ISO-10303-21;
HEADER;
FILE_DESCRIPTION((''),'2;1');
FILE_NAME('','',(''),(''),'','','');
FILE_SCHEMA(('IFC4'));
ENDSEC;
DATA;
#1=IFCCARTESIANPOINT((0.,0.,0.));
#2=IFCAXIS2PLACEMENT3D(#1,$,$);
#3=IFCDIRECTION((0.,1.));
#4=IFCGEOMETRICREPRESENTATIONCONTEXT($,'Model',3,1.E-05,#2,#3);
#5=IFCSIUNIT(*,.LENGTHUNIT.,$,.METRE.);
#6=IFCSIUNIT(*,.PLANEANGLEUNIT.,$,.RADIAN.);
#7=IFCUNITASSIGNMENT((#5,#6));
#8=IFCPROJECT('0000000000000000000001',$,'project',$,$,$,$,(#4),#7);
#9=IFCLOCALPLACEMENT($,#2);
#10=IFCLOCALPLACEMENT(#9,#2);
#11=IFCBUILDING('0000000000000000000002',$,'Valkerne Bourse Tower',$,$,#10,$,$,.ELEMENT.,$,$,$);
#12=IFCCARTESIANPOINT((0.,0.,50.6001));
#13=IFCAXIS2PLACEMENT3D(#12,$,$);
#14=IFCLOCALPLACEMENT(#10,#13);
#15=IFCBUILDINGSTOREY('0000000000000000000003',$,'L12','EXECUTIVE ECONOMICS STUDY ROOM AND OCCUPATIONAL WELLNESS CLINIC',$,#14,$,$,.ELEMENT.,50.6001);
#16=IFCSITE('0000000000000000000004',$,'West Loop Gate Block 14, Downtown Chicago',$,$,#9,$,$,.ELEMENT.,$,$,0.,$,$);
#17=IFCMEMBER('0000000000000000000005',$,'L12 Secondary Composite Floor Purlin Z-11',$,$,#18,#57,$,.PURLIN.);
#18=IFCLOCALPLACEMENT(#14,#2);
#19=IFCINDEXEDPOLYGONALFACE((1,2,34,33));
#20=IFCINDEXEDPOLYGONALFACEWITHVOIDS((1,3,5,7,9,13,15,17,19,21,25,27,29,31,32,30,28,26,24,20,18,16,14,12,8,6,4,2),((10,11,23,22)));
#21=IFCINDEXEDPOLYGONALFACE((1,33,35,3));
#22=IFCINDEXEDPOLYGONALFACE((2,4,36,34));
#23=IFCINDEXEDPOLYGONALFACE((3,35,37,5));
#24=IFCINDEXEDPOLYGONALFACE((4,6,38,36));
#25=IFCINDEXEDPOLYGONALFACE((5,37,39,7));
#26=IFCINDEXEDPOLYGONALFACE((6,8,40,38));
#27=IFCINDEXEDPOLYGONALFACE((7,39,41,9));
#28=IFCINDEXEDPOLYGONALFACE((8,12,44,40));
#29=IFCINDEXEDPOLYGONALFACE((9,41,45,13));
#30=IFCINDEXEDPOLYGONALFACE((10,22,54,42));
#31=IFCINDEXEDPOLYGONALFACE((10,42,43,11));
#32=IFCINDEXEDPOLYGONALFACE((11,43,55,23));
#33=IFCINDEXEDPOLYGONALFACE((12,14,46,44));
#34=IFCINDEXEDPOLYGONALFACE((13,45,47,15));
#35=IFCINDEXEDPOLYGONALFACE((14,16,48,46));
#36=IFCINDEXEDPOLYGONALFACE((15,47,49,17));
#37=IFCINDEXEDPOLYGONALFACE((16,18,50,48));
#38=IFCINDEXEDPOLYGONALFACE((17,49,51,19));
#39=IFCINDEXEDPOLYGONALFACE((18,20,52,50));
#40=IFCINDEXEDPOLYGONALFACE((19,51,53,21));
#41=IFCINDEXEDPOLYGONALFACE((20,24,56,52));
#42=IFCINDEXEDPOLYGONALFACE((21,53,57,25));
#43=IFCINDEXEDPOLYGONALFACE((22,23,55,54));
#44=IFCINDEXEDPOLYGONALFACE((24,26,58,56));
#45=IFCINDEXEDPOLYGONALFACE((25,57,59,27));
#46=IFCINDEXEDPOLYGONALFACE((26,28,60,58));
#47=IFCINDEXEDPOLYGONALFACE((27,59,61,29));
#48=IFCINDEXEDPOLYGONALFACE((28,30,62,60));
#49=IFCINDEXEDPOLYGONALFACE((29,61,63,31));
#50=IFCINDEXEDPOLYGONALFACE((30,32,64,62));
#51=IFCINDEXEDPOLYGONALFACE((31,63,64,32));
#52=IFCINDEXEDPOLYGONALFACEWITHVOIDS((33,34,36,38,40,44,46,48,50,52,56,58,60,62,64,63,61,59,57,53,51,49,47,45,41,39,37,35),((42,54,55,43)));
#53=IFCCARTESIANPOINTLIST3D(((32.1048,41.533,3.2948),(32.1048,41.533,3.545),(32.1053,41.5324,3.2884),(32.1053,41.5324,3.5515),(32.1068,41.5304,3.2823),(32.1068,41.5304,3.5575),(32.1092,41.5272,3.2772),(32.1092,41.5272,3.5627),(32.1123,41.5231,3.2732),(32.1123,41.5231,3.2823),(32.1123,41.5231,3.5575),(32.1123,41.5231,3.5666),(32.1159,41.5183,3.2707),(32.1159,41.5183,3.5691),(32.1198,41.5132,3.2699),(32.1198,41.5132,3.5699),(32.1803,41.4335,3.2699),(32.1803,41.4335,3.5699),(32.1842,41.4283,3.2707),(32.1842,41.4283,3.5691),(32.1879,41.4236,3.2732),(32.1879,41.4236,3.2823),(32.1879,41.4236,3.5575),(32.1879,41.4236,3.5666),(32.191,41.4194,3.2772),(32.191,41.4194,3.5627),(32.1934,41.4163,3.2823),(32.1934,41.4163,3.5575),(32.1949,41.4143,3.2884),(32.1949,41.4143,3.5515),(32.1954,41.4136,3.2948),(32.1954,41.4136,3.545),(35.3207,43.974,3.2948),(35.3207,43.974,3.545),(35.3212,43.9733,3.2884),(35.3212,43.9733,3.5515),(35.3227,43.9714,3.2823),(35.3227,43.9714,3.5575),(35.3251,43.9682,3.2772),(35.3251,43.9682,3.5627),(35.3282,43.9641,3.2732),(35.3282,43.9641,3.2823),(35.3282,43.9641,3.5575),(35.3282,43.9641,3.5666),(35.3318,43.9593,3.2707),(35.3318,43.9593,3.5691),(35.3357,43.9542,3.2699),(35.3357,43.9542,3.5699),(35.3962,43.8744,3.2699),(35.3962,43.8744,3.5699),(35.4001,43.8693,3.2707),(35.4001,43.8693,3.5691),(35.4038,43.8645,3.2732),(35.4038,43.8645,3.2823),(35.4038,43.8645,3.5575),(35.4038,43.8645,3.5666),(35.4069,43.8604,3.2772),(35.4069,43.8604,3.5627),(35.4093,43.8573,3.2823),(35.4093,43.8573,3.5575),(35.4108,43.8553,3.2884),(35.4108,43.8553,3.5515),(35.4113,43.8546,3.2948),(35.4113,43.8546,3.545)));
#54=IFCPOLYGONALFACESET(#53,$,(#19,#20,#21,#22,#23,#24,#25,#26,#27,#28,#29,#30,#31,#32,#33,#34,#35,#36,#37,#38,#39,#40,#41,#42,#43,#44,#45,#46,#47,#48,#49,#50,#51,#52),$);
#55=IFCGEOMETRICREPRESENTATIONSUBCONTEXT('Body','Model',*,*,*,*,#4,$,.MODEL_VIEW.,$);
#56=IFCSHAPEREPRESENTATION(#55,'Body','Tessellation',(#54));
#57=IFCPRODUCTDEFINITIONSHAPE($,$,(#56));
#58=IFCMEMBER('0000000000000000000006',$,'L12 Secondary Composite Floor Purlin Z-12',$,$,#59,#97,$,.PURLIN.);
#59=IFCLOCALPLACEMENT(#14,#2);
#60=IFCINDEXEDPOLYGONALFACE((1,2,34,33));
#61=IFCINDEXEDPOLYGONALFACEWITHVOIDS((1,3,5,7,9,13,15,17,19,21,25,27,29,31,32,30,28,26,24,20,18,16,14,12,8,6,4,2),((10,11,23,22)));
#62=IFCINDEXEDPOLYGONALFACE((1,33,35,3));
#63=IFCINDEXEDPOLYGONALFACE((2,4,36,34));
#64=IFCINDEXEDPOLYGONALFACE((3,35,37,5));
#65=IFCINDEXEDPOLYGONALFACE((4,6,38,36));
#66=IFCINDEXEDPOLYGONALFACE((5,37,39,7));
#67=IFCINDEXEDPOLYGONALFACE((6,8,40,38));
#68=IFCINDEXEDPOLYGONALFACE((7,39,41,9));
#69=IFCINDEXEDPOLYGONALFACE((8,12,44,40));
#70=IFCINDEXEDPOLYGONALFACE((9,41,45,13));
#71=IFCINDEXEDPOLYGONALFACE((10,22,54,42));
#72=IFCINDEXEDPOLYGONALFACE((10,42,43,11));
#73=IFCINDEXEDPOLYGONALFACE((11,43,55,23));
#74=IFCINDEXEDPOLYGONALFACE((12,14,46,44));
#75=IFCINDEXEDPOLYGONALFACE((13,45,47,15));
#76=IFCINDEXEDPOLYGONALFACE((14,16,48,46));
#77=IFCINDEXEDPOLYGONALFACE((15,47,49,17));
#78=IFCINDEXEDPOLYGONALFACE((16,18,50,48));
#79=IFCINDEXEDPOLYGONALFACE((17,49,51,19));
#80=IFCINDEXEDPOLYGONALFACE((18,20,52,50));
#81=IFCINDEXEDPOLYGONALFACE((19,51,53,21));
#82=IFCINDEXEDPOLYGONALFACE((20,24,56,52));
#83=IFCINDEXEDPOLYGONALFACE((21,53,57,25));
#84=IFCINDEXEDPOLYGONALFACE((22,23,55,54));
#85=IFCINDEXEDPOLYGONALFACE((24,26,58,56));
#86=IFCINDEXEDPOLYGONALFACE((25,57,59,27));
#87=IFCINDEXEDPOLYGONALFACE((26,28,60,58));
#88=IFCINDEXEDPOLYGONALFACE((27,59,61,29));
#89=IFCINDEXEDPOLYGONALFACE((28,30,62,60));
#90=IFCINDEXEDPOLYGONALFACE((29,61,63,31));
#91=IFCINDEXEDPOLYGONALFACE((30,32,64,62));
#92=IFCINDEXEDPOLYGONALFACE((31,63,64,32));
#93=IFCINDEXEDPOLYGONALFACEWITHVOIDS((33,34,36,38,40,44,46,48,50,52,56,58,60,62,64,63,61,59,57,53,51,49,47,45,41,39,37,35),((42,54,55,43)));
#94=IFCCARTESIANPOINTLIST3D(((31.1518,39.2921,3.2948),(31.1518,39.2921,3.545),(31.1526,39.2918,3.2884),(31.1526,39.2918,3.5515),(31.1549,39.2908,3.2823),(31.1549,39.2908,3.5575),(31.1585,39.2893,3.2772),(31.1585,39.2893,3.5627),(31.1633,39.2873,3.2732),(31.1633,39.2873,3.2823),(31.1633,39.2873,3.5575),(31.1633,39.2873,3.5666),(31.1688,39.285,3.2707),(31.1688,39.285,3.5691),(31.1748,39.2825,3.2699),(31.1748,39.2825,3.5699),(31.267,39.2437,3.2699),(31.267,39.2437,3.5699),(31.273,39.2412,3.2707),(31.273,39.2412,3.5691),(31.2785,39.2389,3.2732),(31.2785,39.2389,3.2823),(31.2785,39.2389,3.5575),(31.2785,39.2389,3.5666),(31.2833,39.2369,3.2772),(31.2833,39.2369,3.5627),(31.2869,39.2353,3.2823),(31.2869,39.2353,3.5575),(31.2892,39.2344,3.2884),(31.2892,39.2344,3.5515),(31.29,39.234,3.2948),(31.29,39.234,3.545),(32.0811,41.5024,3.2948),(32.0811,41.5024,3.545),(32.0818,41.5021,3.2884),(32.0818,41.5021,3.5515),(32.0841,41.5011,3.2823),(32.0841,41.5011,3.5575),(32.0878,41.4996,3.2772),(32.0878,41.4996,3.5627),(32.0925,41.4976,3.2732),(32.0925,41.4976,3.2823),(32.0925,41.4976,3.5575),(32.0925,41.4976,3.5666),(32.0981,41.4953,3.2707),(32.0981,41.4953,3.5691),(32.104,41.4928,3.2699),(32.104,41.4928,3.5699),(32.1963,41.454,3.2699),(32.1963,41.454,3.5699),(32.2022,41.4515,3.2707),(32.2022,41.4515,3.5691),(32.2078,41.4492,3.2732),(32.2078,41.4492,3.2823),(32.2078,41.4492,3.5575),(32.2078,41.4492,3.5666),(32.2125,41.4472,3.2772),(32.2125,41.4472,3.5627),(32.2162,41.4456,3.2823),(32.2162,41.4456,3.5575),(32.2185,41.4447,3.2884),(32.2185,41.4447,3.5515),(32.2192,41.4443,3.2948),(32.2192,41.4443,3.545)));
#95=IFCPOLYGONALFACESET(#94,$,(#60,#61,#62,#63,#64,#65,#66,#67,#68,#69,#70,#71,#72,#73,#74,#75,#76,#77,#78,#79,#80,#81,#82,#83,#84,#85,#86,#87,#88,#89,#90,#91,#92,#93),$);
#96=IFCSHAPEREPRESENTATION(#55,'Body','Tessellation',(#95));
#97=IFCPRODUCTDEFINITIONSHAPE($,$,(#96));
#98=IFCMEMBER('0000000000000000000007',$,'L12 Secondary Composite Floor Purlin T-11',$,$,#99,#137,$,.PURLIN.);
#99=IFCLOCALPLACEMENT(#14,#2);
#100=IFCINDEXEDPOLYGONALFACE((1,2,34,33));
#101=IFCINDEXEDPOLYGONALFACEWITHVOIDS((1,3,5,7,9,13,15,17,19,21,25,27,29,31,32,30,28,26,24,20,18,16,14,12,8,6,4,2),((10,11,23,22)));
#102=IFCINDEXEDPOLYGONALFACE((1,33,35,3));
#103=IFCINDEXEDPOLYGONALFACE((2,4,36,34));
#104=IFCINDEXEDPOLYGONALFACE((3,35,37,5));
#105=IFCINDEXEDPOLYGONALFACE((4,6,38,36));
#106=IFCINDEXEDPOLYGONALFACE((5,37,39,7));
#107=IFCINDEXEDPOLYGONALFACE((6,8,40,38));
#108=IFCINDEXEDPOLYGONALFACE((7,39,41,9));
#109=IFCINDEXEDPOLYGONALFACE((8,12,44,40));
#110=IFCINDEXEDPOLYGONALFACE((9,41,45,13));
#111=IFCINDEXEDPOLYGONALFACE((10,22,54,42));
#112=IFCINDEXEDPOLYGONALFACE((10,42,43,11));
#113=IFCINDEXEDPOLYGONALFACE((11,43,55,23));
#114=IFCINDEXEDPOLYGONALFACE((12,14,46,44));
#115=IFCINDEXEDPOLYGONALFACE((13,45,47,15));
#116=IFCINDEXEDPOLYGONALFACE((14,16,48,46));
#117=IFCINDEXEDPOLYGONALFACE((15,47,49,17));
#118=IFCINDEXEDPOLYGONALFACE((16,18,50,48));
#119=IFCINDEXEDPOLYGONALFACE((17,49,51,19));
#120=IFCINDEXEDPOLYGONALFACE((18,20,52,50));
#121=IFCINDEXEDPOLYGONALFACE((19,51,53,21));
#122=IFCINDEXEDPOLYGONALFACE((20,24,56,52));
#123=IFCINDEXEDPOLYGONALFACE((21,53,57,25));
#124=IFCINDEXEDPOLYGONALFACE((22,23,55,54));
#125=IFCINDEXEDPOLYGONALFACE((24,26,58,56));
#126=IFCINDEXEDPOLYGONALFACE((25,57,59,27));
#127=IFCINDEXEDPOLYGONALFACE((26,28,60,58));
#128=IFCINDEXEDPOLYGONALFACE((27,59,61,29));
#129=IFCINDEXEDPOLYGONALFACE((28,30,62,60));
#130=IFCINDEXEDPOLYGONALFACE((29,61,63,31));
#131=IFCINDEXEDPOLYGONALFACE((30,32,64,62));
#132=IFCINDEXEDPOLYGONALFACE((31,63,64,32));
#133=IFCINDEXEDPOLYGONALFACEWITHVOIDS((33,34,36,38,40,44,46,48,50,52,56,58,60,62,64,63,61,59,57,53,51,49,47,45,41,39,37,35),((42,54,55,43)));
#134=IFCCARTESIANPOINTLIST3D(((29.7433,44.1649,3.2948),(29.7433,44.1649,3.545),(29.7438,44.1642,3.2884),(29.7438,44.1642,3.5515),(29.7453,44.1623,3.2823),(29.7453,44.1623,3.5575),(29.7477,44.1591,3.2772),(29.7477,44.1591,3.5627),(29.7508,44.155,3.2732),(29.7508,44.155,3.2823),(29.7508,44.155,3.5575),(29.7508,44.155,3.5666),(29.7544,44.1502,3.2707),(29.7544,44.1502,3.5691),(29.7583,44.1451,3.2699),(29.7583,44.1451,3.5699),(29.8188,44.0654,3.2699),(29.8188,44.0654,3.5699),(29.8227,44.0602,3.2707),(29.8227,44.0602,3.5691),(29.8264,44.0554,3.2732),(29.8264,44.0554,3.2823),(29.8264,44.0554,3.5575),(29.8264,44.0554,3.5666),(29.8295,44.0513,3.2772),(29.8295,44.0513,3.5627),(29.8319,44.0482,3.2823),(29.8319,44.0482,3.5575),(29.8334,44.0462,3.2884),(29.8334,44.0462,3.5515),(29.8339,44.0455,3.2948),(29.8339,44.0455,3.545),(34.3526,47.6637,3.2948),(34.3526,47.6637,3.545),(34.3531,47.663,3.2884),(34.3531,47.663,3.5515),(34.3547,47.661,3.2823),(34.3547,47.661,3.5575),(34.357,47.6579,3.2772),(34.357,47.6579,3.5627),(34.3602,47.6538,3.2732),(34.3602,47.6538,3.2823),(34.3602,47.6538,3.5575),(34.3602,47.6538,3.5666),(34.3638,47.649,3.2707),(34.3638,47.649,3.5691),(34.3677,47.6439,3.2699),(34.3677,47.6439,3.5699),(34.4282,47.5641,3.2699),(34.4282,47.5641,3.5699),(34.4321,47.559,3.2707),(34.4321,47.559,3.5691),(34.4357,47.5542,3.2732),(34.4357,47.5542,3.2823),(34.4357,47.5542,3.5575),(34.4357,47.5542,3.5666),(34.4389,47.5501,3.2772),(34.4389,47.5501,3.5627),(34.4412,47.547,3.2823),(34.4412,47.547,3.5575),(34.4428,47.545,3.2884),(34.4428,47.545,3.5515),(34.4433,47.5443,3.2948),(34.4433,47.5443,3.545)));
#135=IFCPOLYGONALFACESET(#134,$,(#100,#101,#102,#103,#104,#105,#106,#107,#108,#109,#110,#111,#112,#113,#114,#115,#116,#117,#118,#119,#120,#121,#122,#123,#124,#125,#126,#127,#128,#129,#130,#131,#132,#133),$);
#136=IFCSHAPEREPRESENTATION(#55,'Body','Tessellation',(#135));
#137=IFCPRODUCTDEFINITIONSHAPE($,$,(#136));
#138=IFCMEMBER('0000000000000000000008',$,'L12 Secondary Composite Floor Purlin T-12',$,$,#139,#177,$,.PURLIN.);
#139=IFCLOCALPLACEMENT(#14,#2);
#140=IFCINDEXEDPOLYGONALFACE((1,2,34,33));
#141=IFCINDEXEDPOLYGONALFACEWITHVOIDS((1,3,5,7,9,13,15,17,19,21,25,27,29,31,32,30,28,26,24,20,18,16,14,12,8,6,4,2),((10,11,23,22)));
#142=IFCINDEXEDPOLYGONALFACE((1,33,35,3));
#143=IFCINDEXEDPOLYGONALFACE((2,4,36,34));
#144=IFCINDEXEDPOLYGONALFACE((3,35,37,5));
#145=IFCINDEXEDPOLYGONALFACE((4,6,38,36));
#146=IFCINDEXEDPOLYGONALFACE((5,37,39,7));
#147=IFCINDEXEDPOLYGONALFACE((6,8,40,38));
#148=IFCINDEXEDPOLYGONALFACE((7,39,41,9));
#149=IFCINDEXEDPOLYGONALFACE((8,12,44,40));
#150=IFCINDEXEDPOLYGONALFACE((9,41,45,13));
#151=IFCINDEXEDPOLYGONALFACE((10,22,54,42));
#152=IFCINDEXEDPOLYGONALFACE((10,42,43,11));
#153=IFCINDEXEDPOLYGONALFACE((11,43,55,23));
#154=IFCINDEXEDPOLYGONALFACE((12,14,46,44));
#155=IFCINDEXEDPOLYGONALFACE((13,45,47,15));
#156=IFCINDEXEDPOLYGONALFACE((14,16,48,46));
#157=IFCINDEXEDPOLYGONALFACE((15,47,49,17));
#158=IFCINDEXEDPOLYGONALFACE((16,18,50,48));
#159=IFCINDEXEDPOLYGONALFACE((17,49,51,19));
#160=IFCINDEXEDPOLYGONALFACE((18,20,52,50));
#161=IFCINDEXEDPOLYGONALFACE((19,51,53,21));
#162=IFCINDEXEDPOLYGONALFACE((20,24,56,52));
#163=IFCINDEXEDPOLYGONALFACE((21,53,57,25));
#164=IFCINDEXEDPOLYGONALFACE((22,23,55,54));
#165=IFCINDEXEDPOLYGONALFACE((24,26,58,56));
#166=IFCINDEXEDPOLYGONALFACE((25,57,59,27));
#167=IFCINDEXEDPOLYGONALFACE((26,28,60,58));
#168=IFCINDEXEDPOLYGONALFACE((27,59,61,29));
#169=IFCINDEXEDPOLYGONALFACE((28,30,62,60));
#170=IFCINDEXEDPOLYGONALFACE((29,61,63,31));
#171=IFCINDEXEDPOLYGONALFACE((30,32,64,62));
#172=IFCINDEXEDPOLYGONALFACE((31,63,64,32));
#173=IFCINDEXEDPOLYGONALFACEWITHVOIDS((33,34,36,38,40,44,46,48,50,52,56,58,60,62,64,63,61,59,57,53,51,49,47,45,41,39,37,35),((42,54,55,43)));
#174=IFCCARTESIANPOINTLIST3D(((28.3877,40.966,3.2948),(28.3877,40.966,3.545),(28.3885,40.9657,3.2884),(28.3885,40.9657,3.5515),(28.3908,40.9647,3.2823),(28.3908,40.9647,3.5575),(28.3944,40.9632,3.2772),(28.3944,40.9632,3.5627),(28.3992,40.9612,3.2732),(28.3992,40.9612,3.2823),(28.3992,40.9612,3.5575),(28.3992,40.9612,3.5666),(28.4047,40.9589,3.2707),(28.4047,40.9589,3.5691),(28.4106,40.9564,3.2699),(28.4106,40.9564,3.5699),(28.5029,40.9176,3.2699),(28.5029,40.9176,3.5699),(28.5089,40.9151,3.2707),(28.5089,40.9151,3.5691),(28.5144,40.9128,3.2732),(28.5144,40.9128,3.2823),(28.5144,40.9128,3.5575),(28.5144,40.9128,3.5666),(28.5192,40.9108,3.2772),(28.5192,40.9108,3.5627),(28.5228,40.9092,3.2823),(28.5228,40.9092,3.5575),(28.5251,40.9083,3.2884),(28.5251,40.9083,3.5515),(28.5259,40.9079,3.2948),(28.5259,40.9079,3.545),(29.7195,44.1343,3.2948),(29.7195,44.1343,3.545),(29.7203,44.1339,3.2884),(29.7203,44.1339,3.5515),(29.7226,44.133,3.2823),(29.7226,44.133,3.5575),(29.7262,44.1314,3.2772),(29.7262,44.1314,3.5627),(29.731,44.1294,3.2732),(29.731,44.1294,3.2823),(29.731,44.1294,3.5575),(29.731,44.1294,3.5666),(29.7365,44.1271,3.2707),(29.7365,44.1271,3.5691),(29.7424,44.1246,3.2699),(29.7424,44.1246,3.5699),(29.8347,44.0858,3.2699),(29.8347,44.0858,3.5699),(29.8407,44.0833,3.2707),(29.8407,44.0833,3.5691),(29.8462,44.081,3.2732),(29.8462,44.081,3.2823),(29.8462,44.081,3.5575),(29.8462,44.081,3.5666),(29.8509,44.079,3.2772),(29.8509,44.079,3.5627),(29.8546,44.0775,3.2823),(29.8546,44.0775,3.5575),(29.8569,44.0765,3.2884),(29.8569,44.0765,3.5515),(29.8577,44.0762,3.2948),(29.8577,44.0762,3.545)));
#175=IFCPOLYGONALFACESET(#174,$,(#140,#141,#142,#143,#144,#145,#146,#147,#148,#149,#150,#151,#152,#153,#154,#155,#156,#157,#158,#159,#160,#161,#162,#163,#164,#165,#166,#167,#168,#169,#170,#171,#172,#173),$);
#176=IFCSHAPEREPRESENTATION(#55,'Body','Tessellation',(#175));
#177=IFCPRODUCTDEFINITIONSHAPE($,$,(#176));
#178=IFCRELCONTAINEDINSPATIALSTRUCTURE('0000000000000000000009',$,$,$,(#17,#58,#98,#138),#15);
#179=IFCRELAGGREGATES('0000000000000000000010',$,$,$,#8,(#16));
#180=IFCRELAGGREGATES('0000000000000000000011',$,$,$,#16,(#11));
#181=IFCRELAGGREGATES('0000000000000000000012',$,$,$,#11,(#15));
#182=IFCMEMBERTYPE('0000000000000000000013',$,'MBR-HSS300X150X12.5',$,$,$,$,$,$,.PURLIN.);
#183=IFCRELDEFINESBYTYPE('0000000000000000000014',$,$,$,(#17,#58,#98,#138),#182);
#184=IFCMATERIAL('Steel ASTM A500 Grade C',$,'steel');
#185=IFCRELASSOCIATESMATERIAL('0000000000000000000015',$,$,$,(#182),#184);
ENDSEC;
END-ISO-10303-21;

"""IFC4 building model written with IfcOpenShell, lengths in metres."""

from ifc_helpers import new_model, si_unit, direction, frame, origin, origin_2d, place, context, subcontext, project, spatial, hollow_rectangle, extrude, material, material_profile, profile_set, type_object, element, save


model = new_model("IFC4")

# Units and contexts
model_context = context("Model", 3, precision=1e-05, world=origin(), true_north=direction((0.0, 1.0)))
body_context = subcontext(model_context, "Body", "Model", "MODEL_VIEW")
ifc_project = project(units=[si_unit("LENGTHUNIT", "METRE"), si_unit("PLANEANGLEUNIT", "RADIAN")], contexts=[model_context])

# Site, building, storey
site_placement = place(None, origin())
site = spatial("IfcSite", under=ifc_project, at=site_placement, Name="West Loop Gate Block 14, Downtown Chicago", CompositionType="ELEMENT", RefElevation=0.0)
building_placement = place(site_placement, origin())
building = spatial("IfcBuilding", under=site, at=building_placement, Name="Valkerne Bourse Tower", CompositionType="ELEMENT")
storey_placement = place(building_placement, frame((0.0, 0.0, 50.6001)))
storey = spatial("IfcBuildingStorey", under=building, at=storey_placement, Name="L12", Description="EXECUTIVE ECONOMICS STUDY ROOM AND OCCUPATIONAL WELLNESS CLINIC", CompositionType="ELEMENT", Elevation=50.6001)

# Members
ifc_material_1 = material(Name="Steel ASTM A500 Grade C", Category="steel")
ifc_material_profile_1 = material_profile(ifc_material_1, hollow_rectangle(XDim=0.1499, YDim=0.3, WallThickness=0.0125, OuterFilletRadius=0.0249, at=origin_2d()), Name="HSS300X150X12.5")
ifc_profile_set_1 = profile_set([ifc_material_profile_1], Name="Steel ASTM A500 Grade C")
member_type_1 = type_object("IfcMemberType", Name="MBR-HSS300X150X12.5", PredefinedType="PURLIN", material=ifc_profile_set_1)
member_1_placement = place(storey_placement, frame((35.366, 43.9143, 3.4199), z_axis=(-0.796533, -0.604596, 0.0), x_axis=(0.604596, -0.796533, 0.0)))
element("IfcMember", 1, at=member_1_placement, inside=storey, type_object=member_type_1, Name="L12 Secondary Composite Floor Purlin Z-11", PredefinedType="PURLIN", context=body_context, shape_type="SweptSolid", body=[
    extrude(hollow_rectangle(XDim=0.1499, YDim=0.3, WallThickness=0.0125, OuterFilletRadius=0.0249, at=origin_2d()), origin(), (0.0, 0.0, 1.0), 4.0374),
])
member_2_placement = place(storey_placement, frame((32.1501, 41.4734, 3.4199), z_axis=(-0.387556, -0.921846, 0.0), x_axis=(0.921846, -0.387556, 0.0)))
element("IfcMember", 2, at=member_2_placement, inside=storey, type_object=member_type_1, Name="L12 Secondary Composite Floor Purlin Z-12", PredefinedType="PURLIN", context=body_context, shape_type="SweptSolid", body=[
    extrude(hollow_rectangle(XDim=0.1499, YDim=0.3, WallThickness=0.0125, OuterFilletRadius=0.0249, at=origin_2d()), origin(), (0.0, 0.0, 1.0), 2.3977),
])
member_3_placement = place(storey_placement, frame((34.3979, 47.604, 3.4199), z_axis=(-0.796524, -0.604607, 0.0), x_axis=(0.604607, -0.796524, 0.0)))
element("IfcMember", 3, at=member_3_placement, inside=storey, type_object=member_type_1, Name="L12 Secondary Composite Floor Purlin T-11", PredefinedType="PURLIN", context=body_context, shape_type="SweptSolid", body=[
    extrude(hollow_rectangle(XDim=0.1499, YDim=0.3, WallThickness=0.0125, OuterFilletRadius=0.0249, at=origin_2d()), origin(), (0.0, 0.0, 1.0), 5.7869),
])
member_4_placement = place(storey_placement, frame((29.7886, 44.1052, 3.4199), z_axis=(-0.387514, -0.921864, 0.0), x_axis=(0.921864, -0.387514, 0.0)))
element("IfcMember", 4, at=member_4_placement, inside=storey, type_object=member_type_1, Name="L12 Secondary Composite Floor Purlin T-12", PredefinedType="PURLIN", context=body_context, shape_type="SweptSolid", body=[
    extrude(hollow_rectangle(XDim=0.1499, YDim=0.3, WallThickness=0.0125, OuterFilletRadius=0.0249, at=origin_2d()), origin(), (0.0, 0.0, 1.0), 3.4368),
])

save(model, "model.ifc")
